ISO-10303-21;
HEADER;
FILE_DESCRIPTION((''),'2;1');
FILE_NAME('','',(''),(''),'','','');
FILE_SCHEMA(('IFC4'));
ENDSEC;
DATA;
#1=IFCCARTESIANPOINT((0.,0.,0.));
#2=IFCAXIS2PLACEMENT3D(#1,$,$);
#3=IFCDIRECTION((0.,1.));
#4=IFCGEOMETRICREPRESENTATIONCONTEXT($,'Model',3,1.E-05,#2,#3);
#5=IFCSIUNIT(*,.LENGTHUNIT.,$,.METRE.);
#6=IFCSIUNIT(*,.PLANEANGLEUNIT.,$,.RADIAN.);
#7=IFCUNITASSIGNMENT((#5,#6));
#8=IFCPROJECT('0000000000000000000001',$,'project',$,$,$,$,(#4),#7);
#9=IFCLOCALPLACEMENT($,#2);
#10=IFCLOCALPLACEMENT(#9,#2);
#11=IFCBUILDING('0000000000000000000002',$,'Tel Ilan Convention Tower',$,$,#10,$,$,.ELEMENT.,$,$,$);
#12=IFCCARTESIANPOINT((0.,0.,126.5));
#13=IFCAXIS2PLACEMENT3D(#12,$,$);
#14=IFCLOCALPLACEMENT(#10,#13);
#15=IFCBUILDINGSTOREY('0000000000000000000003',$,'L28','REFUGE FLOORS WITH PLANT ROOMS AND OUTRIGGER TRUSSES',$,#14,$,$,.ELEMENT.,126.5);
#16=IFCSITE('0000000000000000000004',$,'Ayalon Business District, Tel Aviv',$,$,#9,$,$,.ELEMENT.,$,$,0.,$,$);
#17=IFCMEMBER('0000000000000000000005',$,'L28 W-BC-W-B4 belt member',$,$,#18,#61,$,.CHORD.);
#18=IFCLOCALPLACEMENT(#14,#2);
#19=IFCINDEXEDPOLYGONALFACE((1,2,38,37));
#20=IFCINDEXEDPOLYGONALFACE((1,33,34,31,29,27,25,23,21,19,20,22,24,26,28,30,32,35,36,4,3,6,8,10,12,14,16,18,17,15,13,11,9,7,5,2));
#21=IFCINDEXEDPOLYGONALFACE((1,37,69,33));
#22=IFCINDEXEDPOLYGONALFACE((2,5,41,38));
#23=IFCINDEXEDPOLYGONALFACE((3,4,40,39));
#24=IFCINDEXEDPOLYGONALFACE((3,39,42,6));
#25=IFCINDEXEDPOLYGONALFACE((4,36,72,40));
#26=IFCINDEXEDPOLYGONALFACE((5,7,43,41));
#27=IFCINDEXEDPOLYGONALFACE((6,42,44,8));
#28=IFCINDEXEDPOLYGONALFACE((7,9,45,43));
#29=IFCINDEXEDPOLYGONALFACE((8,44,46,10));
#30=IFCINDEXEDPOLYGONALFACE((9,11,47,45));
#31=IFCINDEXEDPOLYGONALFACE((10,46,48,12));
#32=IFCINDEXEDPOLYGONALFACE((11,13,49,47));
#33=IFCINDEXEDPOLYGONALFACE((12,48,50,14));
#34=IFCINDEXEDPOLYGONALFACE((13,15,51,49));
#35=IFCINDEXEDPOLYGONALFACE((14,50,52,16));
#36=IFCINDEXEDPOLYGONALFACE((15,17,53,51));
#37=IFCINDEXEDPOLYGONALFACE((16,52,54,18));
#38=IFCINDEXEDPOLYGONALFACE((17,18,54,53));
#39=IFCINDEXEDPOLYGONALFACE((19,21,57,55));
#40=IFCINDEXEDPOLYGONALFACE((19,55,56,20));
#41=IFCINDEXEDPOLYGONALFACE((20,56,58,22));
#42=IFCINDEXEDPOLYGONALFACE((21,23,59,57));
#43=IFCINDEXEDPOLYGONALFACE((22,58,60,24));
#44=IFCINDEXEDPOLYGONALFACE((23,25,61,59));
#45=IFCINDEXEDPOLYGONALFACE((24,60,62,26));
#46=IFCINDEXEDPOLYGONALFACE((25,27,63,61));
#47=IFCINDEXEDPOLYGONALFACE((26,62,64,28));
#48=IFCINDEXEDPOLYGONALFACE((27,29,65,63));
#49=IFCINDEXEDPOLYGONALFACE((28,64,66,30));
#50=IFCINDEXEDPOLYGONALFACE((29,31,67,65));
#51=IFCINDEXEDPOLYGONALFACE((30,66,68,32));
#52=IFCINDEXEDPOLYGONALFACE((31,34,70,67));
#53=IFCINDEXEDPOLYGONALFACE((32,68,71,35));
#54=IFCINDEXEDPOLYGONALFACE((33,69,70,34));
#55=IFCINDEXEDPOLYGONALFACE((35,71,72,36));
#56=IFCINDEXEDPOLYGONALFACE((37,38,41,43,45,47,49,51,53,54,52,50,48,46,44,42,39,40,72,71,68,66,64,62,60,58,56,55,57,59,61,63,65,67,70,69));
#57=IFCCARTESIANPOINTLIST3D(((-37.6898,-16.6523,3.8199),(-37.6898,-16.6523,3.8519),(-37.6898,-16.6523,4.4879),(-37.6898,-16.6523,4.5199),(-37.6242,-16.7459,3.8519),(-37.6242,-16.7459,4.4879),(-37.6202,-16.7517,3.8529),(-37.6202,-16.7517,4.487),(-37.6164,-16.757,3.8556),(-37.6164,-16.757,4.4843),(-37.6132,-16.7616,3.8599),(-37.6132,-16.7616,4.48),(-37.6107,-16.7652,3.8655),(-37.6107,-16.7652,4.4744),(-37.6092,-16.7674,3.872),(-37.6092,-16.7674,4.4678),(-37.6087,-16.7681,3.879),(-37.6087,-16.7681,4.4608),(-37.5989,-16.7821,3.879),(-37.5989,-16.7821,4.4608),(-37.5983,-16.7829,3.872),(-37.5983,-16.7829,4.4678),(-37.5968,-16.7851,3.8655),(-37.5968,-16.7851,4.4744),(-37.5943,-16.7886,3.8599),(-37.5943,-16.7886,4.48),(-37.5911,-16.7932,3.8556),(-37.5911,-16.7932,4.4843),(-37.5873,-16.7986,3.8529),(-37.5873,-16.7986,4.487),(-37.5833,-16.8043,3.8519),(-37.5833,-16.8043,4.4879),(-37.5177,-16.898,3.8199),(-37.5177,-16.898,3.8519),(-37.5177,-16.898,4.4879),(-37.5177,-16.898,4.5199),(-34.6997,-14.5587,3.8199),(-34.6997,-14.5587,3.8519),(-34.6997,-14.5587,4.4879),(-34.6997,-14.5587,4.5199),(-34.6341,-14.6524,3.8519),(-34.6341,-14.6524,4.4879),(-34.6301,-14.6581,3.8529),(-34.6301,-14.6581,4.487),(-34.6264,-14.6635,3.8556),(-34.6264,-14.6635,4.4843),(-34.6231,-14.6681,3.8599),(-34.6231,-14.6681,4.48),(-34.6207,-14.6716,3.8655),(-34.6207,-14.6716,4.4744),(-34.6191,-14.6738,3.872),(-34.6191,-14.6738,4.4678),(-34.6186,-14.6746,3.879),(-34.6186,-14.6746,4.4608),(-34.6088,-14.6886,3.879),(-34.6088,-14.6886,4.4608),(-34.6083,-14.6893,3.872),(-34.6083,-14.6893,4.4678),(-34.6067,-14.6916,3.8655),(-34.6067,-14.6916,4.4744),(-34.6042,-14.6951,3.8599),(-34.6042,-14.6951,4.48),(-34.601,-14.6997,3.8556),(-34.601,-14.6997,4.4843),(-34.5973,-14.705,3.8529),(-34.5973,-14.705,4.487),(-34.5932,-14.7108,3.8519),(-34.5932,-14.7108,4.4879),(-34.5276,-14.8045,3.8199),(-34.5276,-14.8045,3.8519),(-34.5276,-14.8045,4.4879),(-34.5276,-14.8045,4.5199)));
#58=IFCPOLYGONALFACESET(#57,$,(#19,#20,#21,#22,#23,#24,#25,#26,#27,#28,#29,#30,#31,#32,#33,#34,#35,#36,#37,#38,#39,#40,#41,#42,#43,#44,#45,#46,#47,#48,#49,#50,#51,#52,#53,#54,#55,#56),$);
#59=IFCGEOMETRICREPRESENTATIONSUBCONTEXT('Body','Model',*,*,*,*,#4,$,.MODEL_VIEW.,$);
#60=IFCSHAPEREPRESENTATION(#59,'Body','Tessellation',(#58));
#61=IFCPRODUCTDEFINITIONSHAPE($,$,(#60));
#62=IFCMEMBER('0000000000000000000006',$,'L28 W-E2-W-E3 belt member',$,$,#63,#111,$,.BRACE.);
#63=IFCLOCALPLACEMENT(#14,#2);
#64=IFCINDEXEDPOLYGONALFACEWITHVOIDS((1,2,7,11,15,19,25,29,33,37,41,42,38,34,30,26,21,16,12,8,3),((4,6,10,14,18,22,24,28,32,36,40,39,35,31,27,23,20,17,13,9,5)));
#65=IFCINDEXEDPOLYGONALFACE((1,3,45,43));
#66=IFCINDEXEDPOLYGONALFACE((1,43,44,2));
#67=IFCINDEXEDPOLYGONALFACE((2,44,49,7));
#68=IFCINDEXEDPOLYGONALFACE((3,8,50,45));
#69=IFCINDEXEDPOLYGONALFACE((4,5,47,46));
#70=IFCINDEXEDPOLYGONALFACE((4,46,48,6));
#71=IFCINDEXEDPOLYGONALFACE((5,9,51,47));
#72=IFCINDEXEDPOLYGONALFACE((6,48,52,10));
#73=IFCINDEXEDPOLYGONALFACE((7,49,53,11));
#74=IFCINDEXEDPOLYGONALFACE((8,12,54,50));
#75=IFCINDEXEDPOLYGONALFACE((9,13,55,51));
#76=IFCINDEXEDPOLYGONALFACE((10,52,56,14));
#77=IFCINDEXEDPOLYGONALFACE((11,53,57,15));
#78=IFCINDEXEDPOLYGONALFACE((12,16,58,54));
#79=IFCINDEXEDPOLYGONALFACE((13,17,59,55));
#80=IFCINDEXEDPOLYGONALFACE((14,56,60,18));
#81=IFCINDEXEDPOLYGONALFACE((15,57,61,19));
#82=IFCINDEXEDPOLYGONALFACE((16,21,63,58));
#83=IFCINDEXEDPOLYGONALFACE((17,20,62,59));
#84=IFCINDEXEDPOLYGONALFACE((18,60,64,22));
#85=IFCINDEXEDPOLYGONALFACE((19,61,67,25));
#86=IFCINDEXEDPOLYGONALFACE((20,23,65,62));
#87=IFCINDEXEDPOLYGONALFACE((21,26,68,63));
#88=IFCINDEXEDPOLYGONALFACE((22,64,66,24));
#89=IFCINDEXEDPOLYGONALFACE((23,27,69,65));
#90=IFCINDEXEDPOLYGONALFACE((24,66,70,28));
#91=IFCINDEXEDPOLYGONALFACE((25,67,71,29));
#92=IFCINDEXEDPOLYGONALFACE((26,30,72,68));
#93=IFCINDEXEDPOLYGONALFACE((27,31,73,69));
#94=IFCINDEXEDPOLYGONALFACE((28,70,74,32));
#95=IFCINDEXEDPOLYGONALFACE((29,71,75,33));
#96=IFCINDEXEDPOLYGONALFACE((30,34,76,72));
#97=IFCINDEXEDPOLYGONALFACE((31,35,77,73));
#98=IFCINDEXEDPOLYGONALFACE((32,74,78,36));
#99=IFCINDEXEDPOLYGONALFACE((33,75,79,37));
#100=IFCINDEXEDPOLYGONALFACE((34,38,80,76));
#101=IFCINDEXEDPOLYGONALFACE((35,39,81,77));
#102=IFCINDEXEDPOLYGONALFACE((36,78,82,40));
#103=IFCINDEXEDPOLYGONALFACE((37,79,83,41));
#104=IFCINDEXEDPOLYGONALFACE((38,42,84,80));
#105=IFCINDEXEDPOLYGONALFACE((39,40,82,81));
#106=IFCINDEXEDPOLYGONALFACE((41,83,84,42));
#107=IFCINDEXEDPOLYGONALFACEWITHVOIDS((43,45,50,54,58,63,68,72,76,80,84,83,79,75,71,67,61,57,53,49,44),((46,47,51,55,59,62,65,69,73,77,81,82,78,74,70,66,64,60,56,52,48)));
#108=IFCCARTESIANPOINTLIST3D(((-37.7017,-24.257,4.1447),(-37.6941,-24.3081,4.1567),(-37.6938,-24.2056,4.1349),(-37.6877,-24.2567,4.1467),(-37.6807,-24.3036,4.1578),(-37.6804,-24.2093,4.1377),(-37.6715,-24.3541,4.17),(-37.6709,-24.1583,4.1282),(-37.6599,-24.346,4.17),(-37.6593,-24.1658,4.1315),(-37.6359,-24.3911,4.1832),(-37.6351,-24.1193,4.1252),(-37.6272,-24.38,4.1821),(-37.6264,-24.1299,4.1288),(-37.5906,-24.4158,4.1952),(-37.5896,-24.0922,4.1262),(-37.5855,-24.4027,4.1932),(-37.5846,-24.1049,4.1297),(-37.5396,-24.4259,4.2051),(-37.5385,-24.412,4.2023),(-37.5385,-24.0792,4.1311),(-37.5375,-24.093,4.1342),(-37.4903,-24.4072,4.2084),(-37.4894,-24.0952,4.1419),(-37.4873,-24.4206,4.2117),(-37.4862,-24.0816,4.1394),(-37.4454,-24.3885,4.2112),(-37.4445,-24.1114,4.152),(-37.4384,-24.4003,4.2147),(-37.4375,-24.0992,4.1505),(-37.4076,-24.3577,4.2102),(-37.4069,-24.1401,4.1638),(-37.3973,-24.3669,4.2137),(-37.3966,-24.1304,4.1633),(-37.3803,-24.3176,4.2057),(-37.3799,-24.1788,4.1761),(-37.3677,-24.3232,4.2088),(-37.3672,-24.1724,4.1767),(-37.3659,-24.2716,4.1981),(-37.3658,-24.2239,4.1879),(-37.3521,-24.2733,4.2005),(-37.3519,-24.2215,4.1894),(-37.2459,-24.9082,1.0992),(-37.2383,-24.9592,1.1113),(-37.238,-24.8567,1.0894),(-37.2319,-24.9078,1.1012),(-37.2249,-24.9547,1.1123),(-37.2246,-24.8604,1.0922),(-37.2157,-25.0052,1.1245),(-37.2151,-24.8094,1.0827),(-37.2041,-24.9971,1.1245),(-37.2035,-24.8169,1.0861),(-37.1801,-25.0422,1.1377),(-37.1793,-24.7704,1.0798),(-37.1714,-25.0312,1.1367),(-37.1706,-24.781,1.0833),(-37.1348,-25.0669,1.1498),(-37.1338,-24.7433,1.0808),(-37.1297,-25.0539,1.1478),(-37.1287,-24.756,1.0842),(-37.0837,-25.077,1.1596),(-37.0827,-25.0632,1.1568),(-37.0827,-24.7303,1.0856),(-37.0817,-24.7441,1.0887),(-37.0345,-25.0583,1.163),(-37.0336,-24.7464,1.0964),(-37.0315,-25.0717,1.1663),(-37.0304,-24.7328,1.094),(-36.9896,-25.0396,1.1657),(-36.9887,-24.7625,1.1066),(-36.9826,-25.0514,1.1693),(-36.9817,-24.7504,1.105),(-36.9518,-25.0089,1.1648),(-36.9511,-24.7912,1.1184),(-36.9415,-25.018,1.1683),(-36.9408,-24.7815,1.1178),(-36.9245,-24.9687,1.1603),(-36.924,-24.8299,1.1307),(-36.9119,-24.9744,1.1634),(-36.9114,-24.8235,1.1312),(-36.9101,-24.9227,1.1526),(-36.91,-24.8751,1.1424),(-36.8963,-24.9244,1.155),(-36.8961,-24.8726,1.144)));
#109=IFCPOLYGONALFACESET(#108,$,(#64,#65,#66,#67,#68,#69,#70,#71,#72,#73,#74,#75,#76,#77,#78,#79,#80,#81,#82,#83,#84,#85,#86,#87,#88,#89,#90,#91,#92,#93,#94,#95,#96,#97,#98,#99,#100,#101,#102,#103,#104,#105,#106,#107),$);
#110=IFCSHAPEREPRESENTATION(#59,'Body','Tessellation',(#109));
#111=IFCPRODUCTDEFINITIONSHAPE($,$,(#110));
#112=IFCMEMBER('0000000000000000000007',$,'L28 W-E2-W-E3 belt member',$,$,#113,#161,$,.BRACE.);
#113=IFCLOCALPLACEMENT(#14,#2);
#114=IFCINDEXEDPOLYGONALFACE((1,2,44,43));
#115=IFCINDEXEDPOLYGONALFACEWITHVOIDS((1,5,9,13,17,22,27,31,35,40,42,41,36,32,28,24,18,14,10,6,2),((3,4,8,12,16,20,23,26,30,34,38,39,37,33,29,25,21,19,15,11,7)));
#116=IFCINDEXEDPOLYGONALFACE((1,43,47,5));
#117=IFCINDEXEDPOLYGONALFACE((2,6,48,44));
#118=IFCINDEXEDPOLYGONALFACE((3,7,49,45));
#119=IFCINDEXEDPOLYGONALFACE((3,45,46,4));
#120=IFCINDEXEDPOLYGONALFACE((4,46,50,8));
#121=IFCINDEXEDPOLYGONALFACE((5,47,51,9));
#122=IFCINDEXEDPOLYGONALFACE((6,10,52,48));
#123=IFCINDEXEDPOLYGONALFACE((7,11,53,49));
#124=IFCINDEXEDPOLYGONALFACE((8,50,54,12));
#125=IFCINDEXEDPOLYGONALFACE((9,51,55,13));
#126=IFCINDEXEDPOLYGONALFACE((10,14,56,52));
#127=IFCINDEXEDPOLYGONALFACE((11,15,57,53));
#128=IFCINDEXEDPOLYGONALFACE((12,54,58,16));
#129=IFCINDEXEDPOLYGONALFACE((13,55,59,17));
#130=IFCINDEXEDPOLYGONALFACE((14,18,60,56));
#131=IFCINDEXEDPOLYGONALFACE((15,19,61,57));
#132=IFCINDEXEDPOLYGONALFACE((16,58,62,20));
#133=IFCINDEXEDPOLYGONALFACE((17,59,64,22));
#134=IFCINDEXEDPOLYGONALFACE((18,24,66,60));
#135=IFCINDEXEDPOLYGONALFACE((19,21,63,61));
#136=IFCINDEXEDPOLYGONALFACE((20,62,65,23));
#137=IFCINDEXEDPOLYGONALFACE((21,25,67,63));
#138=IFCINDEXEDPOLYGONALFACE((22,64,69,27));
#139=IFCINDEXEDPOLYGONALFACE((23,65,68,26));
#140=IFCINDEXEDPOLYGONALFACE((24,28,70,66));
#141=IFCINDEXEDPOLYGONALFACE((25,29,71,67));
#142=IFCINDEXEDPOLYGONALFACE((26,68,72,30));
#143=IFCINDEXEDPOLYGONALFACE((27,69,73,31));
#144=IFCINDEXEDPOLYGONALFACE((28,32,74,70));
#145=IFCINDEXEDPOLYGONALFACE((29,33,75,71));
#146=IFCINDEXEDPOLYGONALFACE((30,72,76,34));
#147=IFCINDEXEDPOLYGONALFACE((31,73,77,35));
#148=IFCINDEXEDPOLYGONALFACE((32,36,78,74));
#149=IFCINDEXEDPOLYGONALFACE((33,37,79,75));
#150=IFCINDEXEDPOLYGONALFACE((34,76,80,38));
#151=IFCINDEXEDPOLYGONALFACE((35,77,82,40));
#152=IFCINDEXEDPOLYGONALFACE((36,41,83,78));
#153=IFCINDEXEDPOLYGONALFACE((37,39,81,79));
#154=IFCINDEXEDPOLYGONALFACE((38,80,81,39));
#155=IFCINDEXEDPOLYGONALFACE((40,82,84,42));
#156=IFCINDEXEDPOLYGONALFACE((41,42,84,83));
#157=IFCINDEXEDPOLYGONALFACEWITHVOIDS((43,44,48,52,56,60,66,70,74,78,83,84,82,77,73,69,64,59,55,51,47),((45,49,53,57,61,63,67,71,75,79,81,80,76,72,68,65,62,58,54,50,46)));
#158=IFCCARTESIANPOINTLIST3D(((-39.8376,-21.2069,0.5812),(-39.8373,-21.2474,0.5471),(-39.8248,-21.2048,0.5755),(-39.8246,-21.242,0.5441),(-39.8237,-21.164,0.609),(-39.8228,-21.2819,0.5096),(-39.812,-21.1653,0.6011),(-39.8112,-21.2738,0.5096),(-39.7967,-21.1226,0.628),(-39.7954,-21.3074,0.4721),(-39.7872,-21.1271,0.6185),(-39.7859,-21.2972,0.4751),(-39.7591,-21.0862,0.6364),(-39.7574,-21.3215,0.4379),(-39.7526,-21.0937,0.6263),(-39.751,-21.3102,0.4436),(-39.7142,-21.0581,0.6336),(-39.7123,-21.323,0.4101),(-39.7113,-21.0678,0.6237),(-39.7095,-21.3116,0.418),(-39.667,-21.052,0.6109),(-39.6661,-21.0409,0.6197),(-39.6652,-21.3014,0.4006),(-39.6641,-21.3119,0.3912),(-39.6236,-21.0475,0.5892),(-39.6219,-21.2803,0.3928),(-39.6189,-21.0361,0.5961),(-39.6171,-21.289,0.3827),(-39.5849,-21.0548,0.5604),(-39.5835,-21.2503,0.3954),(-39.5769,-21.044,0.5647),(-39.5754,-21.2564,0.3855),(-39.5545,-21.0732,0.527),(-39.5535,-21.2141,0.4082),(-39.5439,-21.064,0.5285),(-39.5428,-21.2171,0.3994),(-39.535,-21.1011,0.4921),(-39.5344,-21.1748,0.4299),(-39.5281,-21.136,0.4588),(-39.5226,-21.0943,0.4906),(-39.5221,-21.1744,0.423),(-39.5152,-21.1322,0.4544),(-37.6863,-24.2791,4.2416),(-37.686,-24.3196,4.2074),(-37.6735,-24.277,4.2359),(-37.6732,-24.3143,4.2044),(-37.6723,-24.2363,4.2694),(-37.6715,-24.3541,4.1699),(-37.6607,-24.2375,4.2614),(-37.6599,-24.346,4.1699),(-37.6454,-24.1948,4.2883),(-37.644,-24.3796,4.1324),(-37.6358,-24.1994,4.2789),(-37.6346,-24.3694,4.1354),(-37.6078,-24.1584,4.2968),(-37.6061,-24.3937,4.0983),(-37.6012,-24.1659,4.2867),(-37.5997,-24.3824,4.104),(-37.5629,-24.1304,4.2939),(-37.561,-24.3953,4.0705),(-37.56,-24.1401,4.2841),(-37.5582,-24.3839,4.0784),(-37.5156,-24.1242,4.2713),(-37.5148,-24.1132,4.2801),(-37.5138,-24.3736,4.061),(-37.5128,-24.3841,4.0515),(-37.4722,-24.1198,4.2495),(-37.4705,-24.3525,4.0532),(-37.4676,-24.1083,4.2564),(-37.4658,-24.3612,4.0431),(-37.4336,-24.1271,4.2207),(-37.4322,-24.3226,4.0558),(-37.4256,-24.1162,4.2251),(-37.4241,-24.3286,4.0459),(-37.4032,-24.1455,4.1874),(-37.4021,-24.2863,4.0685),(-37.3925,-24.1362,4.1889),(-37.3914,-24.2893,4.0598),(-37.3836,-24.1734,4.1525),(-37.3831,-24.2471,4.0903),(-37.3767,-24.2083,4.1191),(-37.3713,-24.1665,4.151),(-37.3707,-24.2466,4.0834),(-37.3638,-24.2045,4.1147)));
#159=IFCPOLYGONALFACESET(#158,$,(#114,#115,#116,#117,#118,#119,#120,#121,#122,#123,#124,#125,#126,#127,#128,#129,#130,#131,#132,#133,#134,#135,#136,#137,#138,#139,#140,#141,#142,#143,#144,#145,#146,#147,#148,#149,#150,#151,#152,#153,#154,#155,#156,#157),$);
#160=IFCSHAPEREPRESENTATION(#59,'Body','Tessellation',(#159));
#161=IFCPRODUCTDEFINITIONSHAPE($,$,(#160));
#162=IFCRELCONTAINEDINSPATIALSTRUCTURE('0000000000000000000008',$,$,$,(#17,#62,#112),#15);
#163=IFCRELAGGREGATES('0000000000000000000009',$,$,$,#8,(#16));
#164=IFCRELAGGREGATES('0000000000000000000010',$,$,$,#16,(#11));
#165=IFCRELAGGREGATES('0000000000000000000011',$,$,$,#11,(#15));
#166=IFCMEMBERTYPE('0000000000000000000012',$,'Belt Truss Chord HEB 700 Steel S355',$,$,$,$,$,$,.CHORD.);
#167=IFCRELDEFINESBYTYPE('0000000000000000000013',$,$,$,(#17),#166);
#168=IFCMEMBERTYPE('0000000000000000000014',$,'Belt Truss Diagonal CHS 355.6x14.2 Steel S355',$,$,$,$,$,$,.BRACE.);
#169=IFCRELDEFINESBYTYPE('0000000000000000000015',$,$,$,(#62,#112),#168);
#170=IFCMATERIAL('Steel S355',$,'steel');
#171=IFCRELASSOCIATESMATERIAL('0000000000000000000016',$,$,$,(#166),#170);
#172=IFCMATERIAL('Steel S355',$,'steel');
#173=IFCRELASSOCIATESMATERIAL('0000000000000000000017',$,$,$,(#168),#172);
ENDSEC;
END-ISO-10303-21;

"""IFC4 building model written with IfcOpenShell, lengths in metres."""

from ifc_helpers import new_model, si_unit, direction, frame, origin, origin_2d, place, context, subcontext, project, spatial, hollow_circle, i_section, extrude, material, material_profile, profile_set, type_object, element, save


model = new_model("IFC4")

# Units and contexts
model_context = context("Model", 3, precision=1e-05, world=origin(), true_north=direction((0.0, 1.0)))
body_context = subcontext(model_context, "Body", "Model", "MODEL_VIEW")
ifc_project = project(units=[si_unit("LENGTHUNIT", "METRE"), si_unit("PLANEANGLEUNIT", "RADIAN")], contexts=[model_context])

# Site, building, storey
site_placement = place(None, origin())
site = spatial("IfcSite", under=ifc_project, at=site_placement, Name="Ayalon Business District, Tel Aviv", CompositionType="ELEMENT", RefElevation=0.0)
building_placement = place(site_placement, origin())
building = spatial("IfcBuilding", under=site, at=building_placement, Name="Tel Ilan Convention Tower", CompositionType="ELEMENT")
storey_placement = place(building_placement, frame((0.0, 0.0, 126.5)))
storey = spatial("IfcBuildingStorey", under=building, at=storey_placement, Name="L28", Description="REFUGE FLOORS WITH PLANT ROOMS AND OUTRIGGER TRUSSES", CompositionType="ELEMENT", Elevation=126.5)

# Members
ifc_material_1 = material(Name="Steel S355", Category="steel")
ifc_material_profile_1 = material_profile(ifc_material_1, i_section(OverallWidth=0.3, OverallDepth=0.7, WebThickness=0.0171, FlangeThickness=0.032, FilletRadius=0.0271, at=origin_2d()), Name="HEB 700")
ifc_profile_set_1 = profile_set([ifc_material_profile_1], Name="Steel S355")
member_type_1 = type_object("IfcMemberType", Name="Belt Truss Chord HEB 700 Steel S355", PredefinedType="CHORD", material=ifc_profile_set_1)
member_1_placement = place(storey_placement, frame((-37.6038, -16.7751, 4.1699), z_axis=(0.819166, 0.573557, 0.0), x_axis=(-0.573557, 0.819166, 0.0)))
element("IfcMember", 1, at=member_1_placement, inside=storey, type_object=member_type_1, Name="L28 W-BC-W-B4 belt member", PredefinedType="CHORD", context=body_context, shape_type="SweptSolid", body=[
    extrude(i_section(OverallWidth=0.3, OverallDepth=0.7, WebThickness=0.0171, FlangeThickness=0.032, FilletRadius=0.0271, at=origin_2d()), origin(), (0.0, 0.0, 1.0), 3.6501),
])
ifc_material_2 = material(Name="Steel S355", Category="steel")
ifc_material_profile_2 = material_profile(ifc_material_2, hollow_circle(Radius=0.1777, WallThickness=0.0142, at=origin_2d()), Name="CHS 355.6x14.2")
ifc_profile_set_2 = profile_set([ifc_material_profile_2], Name="Steel S355")
member_type_2 = type_object("IfcMemberType", Name="Belt Truss Diagonal CHS 355.6x14.2 Steel S355", PredefinedType="BRACE", material=ifc_profile_set_2)
member_2_placement = place(storey_placement, frame((-37.0701, -24.9033, 1.1245), z_axis=(-0.14482, 0.206875, 0.96759), x_axis=(-0.819217, -0.573483, 0.0)))
element("IfcMember", 2, at=member_2_placement, inside=storey, type_object=member_type_2, Name="L28 W-E2-W-E3 belt member", PredefinedType="BRACE", context=body_context, shape_type="SweptSolid", body=[
    extrude(hollow_circle(Radius=0.1777, WallThickness=0.0142, at=origin_2d()), origin(), (0.0, 0.0, 1.0), 3.1475),
])
member_3_placement = place(storey_placement, frame((-37.5259, -24.2522, 4.1699), z_axis=(-0.410506, 0.586223, -0.698446), x_axis=(-0.819134, -0.573602, 0.0)))
element("IfcMember", 3, at=member_3_placement, inside=storey, type_object=member_type_2, Name="L28 W-E2-W-E3 belt member", PredefinedType="BRACE", context=body_context, shape_type="SweptSolid", body=[
    extrude(hollow_circle(Radius=0.1777, WallThickness=0.0142, at=origin_2d()), origin(), (0.0, 0.0, 1.0), 5.2407),
])

save(model, "model.ifc")
